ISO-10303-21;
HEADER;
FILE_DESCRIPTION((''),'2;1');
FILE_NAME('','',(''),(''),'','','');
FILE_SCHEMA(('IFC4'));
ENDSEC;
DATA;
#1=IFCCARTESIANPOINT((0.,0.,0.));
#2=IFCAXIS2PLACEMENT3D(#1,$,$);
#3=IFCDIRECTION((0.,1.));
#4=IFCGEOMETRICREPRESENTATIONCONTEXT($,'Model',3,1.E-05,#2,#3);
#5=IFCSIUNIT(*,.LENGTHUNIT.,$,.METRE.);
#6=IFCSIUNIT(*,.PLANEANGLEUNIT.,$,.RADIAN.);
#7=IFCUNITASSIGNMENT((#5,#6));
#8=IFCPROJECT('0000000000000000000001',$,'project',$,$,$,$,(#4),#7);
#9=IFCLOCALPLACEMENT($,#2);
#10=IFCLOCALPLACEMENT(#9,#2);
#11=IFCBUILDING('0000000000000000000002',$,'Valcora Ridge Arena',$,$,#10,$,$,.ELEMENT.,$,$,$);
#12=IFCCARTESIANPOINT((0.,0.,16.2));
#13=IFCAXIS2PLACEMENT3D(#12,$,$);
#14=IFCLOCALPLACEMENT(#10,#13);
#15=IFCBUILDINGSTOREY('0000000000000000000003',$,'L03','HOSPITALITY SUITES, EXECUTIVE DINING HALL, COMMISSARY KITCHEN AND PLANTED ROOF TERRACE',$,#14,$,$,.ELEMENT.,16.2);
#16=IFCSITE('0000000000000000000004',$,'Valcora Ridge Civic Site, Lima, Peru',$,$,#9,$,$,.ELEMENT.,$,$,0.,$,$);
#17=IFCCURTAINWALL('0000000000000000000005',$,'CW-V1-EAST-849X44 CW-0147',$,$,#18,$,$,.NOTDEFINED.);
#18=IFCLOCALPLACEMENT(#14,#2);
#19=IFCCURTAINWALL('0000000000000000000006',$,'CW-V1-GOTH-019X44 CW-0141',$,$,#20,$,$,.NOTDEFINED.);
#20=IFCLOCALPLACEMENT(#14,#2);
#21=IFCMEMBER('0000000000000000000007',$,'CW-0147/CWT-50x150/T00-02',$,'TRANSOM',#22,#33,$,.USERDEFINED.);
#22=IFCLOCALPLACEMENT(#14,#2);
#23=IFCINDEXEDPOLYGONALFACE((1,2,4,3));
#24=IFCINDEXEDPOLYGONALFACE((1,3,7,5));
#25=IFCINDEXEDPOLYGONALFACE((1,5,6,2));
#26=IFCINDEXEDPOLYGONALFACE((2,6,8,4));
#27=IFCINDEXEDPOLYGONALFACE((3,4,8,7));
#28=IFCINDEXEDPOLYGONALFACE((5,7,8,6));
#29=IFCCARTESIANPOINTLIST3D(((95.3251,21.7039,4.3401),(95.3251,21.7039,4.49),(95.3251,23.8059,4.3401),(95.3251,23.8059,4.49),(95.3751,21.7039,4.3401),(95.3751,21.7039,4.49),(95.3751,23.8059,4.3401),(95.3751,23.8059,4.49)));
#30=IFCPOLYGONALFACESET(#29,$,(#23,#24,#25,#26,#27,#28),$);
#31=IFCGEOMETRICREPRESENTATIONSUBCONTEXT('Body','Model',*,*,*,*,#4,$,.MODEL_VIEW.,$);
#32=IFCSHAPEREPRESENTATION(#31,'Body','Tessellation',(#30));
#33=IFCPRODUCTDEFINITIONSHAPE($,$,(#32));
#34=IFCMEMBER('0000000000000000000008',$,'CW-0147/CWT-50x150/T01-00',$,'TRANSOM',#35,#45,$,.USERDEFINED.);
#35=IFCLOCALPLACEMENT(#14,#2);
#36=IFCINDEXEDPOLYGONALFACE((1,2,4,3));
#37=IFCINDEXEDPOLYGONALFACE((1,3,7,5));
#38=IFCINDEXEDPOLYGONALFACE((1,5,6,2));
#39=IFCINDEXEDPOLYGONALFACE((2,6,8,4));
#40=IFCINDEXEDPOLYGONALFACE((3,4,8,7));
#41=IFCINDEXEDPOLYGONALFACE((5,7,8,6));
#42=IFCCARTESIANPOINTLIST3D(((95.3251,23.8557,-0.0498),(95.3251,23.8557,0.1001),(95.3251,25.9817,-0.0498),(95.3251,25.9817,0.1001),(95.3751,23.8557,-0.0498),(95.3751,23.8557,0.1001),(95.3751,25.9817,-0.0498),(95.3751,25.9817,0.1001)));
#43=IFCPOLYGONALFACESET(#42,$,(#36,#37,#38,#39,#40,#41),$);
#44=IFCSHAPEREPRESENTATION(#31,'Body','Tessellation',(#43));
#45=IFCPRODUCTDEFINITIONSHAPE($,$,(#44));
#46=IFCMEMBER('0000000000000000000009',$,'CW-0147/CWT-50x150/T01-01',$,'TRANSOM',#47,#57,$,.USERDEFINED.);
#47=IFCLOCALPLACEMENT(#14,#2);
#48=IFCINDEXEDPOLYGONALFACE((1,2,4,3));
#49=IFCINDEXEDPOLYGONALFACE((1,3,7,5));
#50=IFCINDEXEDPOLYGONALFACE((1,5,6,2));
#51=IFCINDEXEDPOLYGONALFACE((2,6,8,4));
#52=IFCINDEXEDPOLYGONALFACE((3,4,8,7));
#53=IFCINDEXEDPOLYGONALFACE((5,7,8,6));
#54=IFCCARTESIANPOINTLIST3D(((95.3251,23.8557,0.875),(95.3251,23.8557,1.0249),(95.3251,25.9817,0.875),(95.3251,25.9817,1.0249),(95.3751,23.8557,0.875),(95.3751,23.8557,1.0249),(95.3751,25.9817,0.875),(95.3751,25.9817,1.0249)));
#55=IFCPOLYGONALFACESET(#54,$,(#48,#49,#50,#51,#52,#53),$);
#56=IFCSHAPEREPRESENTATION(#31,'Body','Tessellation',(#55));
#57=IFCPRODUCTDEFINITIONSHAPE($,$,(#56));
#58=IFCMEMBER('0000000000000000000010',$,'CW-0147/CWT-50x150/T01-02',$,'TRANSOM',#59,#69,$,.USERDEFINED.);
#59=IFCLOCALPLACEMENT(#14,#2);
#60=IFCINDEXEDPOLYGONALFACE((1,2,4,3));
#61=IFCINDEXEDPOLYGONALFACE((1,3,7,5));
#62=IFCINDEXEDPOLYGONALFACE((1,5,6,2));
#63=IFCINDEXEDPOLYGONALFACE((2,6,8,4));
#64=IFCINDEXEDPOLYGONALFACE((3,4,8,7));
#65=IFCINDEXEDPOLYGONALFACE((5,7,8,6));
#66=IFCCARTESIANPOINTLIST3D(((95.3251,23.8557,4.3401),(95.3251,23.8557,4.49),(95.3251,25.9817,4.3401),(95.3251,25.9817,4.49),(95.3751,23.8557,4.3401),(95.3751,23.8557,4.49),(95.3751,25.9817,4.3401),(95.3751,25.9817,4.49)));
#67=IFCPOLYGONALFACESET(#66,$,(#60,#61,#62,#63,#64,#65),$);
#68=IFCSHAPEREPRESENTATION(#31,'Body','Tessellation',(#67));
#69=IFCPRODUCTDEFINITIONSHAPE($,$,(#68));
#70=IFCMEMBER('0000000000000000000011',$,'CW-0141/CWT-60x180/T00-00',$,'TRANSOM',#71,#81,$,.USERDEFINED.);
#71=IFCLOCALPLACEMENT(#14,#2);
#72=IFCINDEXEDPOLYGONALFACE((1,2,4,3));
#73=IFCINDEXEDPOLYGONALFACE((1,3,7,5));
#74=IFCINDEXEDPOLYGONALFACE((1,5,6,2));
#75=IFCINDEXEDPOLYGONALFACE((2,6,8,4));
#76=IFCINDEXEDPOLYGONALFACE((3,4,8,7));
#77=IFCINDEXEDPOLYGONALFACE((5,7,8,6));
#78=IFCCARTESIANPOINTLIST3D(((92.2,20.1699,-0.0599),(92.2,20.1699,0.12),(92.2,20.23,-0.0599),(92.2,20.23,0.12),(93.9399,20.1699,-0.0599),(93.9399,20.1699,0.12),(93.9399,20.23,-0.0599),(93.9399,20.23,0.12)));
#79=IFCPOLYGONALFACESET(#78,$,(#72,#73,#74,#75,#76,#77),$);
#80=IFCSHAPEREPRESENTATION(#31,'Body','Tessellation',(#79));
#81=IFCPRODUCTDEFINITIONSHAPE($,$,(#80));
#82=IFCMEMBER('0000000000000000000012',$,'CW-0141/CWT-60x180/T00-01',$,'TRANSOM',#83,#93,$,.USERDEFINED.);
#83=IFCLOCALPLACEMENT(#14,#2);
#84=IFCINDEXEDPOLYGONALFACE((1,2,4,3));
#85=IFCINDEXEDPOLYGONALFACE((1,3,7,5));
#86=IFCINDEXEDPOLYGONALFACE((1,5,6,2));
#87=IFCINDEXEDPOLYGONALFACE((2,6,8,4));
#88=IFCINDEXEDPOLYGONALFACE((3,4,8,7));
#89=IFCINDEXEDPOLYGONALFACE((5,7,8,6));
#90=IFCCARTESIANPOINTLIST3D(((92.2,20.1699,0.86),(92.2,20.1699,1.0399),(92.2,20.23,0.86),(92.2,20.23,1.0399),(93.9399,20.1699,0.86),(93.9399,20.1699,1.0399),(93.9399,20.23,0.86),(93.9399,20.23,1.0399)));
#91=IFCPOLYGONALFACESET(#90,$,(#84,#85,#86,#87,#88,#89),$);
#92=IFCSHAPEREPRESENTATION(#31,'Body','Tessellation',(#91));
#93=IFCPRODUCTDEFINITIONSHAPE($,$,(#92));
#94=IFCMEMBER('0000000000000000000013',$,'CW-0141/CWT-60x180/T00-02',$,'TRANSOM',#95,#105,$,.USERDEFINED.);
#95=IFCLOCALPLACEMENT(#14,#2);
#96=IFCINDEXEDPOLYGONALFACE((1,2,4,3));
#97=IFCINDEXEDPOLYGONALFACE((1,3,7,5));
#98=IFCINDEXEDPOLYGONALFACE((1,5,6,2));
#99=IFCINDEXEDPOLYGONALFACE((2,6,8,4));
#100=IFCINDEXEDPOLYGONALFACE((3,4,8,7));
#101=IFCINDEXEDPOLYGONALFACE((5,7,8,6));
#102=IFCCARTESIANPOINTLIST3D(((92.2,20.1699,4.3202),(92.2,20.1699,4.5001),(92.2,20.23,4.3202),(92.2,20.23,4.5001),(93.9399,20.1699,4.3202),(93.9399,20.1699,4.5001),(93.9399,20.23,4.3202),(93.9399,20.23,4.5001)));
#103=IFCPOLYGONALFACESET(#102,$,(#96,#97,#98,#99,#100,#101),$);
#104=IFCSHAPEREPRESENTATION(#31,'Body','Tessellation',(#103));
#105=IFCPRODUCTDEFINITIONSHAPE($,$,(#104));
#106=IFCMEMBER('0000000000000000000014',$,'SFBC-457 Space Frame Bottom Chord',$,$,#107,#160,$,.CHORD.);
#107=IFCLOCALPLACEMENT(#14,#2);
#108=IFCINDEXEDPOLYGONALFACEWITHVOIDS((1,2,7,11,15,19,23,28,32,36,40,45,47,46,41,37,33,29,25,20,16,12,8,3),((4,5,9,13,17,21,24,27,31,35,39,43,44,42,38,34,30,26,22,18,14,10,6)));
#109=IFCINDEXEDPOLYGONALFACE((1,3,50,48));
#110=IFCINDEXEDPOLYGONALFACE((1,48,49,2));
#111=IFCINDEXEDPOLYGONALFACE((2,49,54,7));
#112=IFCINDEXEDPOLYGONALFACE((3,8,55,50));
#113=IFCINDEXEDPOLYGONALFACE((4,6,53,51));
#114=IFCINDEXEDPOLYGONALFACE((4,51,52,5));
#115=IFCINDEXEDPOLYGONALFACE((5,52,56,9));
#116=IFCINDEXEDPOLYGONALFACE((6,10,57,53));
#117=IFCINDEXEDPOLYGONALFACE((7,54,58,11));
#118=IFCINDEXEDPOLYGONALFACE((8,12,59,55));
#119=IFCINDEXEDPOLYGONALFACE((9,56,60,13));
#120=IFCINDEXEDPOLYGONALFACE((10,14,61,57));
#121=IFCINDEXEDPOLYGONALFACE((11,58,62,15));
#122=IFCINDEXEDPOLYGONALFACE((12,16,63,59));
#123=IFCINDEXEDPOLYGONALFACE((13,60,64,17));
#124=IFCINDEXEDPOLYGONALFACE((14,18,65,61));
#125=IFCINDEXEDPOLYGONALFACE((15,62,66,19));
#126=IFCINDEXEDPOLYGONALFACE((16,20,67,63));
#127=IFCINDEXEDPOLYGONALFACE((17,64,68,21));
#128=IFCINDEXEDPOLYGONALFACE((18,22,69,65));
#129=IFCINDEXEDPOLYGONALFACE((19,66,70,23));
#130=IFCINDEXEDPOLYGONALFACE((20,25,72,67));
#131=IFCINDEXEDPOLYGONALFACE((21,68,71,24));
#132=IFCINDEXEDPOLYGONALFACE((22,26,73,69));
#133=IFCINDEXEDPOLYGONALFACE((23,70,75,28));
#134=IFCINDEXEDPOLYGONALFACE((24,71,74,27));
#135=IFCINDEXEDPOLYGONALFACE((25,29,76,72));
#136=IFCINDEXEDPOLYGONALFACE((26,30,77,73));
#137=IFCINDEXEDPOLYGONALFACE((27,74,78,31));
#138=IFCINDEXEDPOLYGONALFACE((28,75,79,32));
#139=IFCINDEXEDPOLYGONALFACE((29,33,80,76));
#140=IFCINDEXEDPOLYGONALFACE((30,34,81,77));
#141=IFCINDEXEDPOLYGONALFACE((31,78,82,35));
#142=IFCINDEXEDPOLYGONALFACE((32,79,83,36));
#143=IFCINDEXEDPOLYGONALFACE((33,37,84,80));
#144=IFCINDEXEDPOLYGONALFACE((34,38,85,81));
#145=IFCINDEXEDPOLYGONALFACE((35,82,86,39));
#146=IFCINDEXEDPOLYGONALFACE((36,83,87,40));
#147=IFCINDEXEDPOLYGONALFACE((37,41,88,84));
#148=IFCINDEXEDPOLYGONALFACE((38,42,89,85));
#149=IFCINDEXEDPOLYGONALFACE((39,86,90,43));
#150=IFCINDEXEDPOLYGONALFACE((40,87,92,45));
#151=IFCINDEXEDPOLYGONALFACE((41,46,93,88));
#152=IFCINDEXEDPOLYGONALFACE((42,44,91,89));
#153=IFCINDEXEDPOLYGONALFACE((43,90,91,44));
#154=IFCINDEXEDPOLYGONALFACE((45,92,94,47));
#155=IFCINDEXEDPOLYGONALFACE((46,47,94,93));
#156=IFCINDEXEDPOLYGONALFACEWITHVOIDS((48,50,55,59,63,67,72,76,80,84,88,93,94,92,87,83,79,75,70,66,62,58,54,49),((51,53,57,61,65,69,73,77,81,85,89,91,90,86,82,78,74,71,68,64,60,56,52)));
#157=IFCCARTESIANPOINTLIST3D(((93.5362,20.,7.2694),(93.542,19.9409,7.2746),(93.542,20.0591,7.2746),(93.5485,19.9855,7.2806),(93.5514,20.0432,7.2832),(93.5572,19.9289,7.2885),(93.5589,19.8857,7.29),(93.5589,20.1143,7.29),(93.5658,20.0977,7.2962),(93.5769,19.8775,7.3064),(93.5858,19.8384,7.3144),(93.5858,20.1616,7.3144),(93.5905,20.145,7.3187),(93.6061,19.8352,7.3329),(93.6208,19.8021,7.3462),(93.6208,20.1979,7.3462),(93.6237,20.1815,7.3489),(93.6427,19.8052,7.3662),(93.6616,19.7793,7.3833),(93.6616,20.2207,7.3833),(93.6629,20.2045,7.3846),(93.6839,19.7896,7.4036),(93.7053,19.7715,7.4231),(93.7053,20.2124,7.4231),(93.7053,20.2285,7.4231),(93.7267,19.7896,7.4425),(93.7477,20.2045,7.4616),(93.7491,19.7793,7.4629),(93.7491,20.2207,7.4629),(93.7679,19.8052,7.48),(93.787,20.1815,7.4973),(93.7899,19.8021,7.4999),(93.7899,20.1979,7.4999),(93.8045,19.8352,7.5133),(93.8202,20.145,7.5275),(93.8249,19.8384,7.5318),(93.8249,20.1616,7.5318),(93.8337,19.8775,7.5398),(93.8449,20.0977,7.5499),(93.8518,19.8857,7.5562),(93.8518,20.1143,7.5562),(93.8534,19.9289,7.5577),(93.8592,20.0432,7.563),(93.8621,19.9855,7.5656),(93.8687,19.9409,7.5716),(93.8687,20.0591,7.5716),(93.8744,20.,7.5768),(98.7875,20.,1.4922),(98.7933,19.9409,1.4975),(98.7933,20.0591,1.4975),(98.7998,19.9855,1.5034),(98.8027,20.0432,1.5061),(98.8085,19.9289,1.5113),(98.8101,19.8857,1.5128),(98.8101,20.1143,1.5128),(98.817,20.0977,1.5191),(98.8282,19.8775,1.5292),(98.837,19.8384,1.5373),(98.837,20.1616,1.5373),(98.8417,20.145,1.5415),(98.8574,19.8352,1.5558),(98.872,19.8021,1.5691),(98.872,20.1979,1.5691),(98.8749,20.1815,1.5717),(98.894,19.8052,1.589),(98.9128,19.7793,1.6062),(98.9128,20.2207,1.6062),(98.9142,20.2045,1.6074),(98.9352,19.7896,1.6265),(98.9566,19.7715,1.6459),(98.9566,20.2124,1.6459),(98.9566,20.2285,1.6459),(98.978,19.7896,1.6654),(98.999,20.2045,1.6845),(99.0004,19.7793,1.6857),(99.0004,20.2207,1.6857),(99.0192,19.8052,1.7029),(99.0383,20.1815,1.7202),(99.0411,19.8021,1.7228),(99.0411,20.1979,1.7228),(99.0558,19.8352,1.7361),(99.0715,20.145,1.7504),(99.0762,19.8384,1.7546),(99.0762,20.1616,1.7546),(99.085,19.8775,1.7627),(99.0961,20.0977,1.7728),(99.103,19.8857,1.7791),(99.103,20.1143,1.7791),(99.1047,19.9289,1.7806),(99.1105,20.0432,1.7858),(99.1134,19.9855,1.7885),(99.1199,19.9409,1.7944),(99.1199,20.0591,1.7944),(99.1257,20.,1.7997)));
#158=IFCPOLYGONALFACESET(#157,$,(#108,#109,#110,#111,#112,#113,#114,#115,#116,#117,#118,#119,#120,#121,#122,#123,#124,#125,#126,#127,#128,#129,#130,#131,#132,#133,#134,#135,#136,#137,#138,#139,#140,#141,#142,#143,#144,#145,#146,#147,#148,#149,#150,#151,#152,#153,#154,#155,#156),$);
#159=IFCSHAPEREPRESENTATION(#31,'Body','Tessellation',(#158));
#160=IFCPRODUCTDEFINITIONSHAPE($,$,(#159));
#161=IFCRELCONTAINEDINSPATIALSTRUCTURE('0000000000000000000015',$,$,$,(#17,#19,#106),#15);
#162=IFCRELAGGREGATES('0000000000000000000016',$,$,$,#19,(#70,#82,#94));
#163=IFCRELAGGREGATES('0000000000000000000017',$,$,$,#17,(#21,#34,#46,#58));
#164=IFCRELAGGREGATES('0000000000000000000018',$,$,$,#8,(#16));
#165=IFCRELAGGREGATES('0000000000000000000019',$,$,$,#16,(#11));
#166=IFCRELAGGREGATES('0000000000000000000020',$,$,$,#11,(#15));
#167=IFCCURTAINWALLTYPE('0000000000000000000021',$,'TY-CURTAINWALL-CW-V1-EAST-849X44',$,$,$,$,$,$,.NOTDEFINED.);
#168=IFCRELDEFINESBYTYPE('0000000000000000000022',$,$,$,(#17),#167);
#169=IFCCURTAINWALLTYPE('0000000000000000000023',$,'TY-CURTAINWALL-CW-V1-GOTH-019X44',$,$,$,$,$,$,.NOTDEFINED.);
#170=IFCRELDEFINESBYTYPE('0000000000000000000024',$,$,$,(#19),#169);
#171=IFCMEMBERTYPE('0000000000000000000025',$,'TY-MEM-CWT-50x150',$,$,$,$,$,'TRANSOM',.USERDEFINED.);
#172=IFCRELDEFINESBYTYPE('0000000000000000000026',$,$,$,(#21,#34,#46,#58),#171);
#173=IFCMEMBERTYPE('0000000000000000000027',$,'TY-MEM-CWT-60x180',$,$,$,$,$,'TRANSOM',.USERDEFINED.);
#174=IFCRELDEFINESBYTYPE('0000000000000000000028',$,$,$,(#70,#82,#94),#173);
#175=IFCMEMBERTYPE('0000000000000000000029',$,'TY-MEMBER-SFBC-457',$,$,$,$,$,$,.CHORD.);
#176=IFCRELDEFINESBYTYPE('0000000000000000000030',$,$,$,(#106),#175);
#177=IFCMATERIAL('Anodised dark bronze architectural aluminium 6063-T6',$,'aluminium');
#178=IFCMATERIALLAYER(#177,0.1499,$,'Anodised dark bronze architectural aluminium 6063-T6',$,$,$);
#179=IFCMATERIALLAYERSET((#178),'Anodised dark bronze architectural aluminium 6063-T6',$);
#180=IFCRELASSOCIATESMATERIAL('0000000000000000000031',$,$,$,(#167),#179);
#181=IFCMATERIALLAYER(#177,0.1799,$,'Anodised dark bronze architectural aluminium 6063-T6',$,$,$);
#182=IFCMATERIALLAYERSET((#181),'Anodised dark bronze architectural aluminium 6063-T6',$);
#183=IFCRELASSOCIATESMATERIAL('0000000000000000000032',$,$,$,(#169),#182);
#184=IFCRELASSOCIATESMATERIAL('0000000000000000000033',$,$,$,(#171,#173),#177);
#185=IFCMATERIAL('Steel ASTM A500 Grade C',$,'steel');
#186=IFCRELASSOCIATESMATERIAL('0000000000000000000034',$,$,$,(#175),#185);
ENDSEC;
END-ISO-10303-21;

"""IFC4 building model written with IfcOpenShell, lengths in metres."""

from ifc_helpers import new_model, si_unit, direction, frame, origin, origin_2d, place, context, subcontext, project, spatial, rectangle, hollow_circle, extrude, material, layer, layer_set, material_profile, profile_set, type_object, element, aggregate, save


model = new_model("IFC4")

# Units and contexts
model_context = context("Model", 3, precision=1e-05, world=origin(), true_north=direction((0.0, 1.0)))
body_context = subcontext(model_context, "Body", "Model", "MODEL_VIEW")
ifc_project = project(units=[si_unit("LENGTHUNIT", "METRE"), si_unit("PLANEANGLEUNIT", "RADIAN")], contexts=[model_context])

# Site, building, storey
site_placement = place(None, origin())
site = spatial("IfcSite", under=ifc_project, at=site_placement, Name="Valcora Ridge Civic Site, Lima, Peru", CompositionType="ELEMENT", RefElevation=0.0)
building_placement = place(site_placement, origin())
building = spatial("IfcBuilding", under=site, at=building_placement, Name="Valcora Ridge Arena", CompositionType="ELEMENT")
storey_placement = place(building_placement, frame((0.0, 0.0, 16.2)))
storey = spatial("IfcBuildingStorey", under=building, at=storey_placement, Name="L03", Description="HOSPITALITY SUITES, EXECUTIVE DINING HALL, COMMISSARY KITCHEN AND PLANTED ROOF TERRACE", CompositionType="ELEMENT", Elevation=16.2)

# Curtain wall
ifc_material_1 = material(Name="Anodised dark bronze architectural aluminium 6063-T6", Category="aluminium")
ifc_layer_1 = layer(ifc_material_1, 0.1499, Name="Anodised dark bronze architectural aluminium 6063-T6")
ifc_layer_set_1 = layer_set([ifc_layer_1], Name="Anodised dark bronze architectural aluminium 6063-T6")
curtain_wall_type_1 = type_object("IfcCurtainWallType", Name="TY-CURTAINWALL-CW-V1-EAST-849X44", PredefinedType="NOTDEFINED", material=ifc_layer_set_1)
curtain_wall_1_placement = place(storey_placement, origin())
curtain_wall_1 = element("IfcCurtainWall", 1, at=curtain_wall_1_placement, inside=storey, type_object=curtain_wall_type_1, Name="CW-V1-EAST-849X44 CW-0147", PredefinedType="NOTDEFINED")

# Curtain wall
ifc_layer_2 = layer(ifc_material_1, 0.1799, Name="Anodised dark bronze architectural aluminium 6063-T6")
ifc_layer_set_2 = layer_set([ifc_layer_2], Name="Anodised dark bronze architectural aluminium 6063-T6")
curtain_wall_type_2 = type_object("IfcCurtainWallType", Name="TY-CURTAINWALL-CW-V1-GOTH-019X44", PredefinedType="NOTDEFINED", material=ifc_layer_set_2)
curtain_wall_2_placement = place(storey_placement, origin())
curtain_wall_2 = element("IfcCurtainWall", 2, at=curtain_wall_2_placement, inside=storey, type_object=curtain_wall_type_2, Name="CW-V1-GOTH-019X44 CW-0141", PredefinedType="NOTDEFINED")

# Members
ifc_material_profile_1 = material_profile(ifc_material_1, rectangle(XDim=0.05, YDim=0.1499, at=origin_2d()), Name="ALU TRANSOM 50x150")
ifc_profile_set_1 = profile_set([ifc_material_profile_1], Name="Anodised dark bronze architectural aluminium 6063-T6")
member_type_1 = type_object("IfcMemberType", Name="TY-MEM-CWT-50x150", ElementType="TRANSOM", PredefinedType="USERDEFINED", material=ifc_profile_set_1)
member_1_placement = place(storey_placement, frame((95.3501, 21.7039, 4.415), z_axis=(0.0, 1.0, 0.0), x_axis=(-1.0, 0.0, 0.0)))
member_1 = element("IfcMember", 3, at=member_1_placement, type_object=member_type_1, Name="CW-0147/CWT-50x150/T00-02", ObjectType="TRANSOM", PredefinedType="USERDEFINED", context=body_context, shape_type="SweptSolid", body=[
    extrude(rectangle(XDim=0.05, YDim=0.1499, at=origin_2d()), origin(), (0.0, 0.0, 1.0), 2.1021),
])
member_2_placement = place(storey_placement, frame((95.3501, 23.8557, 0.0251), z_axis=(0.0, 1.0, 0.0), x_axis=(-1.0, 0.0, 0.0)))
member_2 = element("IfcMember", 4, at=member_2_placement, type_object=member_type_1, Name="CW-0147/CWT-50x150/T01-00", ObjectType="TRANSOM", PredefinedType="USERDEFINED", context=body_context, shape_type="SweptSolid", body=[
    extrude(rectangle(XDim=0.05, YDim=0.1499, at=origin_2d()), origin(), (0.0, 0.0, 1.0), 2.126),
])
member_3_placement = place(storey_placement, frame((95.3501, 23.8557, 0.95), z_axis=(0.0, 1.0, 0.0), x_axis=(-1.0, 0.0, 0.0)))
member_3 = element("IfcMember", 5, at=member_3_placement, type_object=member_type_1, Name="CW-0147/CWT-50x150/T01-01", ObjectType="TRANSOM", PredefinedType="USERDEFINED", context=body_context, shape_type="SweptSolid", body=[
    extrude(rectangle(XDim=0.05, YDim=0.1499, at=origin_2d()), origin(), (0.0, 0.0, 1.0), 2.126),
])
member_4_placement = place(storey_placement, frame((95.3501, 23.8557, 4.415), z_axis=(0.0, 1.0, 0.0), x_axis=(-1.0, 0.0, 0.0)))
member_4 = element("IfcMember", 6, at=member_4_placement, type_object=member_type_1, Name="CW-0147/CWT-50x150/T01-02", ObjectType="TRANSOM", PredefinedType="USERDEFINED", context=body_context, shape_type="SweptSolid", body=[
    extrude(rectangle(XDim=0.05, YDim=0.1499, at=origin_2d()), origin(), (0.0, 0.0, 1.0), 2.126),
])
ifc_material_profile_2 = material_profile(ifc_material_1, rectangle(XDim=0.0601, YDim=0.1799, at=origin_2d()), Name="ALU TRANSOM 60x180")
ifc_profile_set_2 = profile_set([ifc_material_profile_2], Name="Anodised dark bronze architectural aluminium 6063-T6")
member_type_2 = type_object("IfcMemberType", Name="TY-MEM-CWT-60x180", ElementType="TRANSOM", PredefinedType="USERDEFINED", material=ifc_profile_set_2)
member_5_placement = place(storey_placement, frame((92.2, 20.2, 0.03), z_axis=(1.0, 0.0, 0.0), x_axis=(0.0, 1.0, 0.0)))
member_5 = element("IfcMember", 7, at=member_5_placement, type_object=member_type_2, Name="CW-0141/CWT-60x180/T00-00", ObjectType="TRANSOM", PredefinedType="USERDEFINED", context=body_context, shape_type="SweptSolid", body=[
    extrude(rectangle(XDim=0.0601, YDim=0.1799, at=origin_2d()), origin(), (0.0, 0.0, 1.0), 1.74),
])
member_6_placement = place(storey_placement, frame((92.2, 20.2, 0.95), z_axis=(1.0, 0.0, 0.0), x_axis=(0.0, 1.0, 0.0)))
member_6 = element("IfcMember", 8, at=member_6_placement, type_object=member_type_2, Name="CW-0141/CWT-60x180/T00-01", ObjectType="TRANSOM", PredefinedType="USERDEFINED", context=body_context, shape_type="SweptSolid", body=[
    extrude(rectangle(XDim=0.0601, YDim=0.1799, at=origin_2d()), origin(), (0.0, 0.0, 1.0), 1.74),
])
member_7_placement = place(storey_placement, frame((92.2, 20.2, 4.4102), z_axis=(1.0, 0.0, 0.0), x_axis=(0.0, 1.0, 0.0)))
member_7 = element("IfcMember", 9, at=member_7_placement, type_object=member_type_2, Name="CW-0141/CWT-60x180/T00-02", ObjectType="TRANSOM", PredefinedType="USERDEFINED", context=body_context, shape_type="SweptSolid", body=[
    extrude(rectangle(XDim=0.0601, YDim=0.1799, at=origin_2d()), origin(), (0.0, 0.0, 1.0), 1.74),
])

# Member
ifc_material_2 = material(Name="Steel ASTM A500 Grade C", Category="steel")
ifc_material_profile_3 = material_profile(ifc_material_2, hollow_circle(Radius=0.2285, WallThickness=0.0161, at=origin_2d()), Name="CHS457X16")
ifc_profile_set_3 = profile_set([ifc_material_profile_3], Name="Steel ASTM A500 Grade C")
member_type_3 = type_object("IfcMemberType", Name="TY-MEMBER-SFBC-457", PredefinedType="CHORD", material=ifc_profile_set_3)
member_8_placement = place(storey_placement, frame((93.7053, 20.0, 7.4231), z_axis=(0.672625, 0.0, -0.739984), x_axis=(0.0, 1.0, 0.0)))
element("IfcMember", 10, at=member_8_placement, inside=storey, type_object=member_type_3, Name="SFBC-457 Space Frame Bottom Chord", PredefinedType="CHORD", context=body_context, shape_type="SweptSolid", body=[
    extrude(hollow_circle(Radius=0.2285, WallThickness=0.0161, at=origin_2d()), origin(), (0.0, 0.0, 1.0), 7.8071),
])

aggregate(curtain_wall_2, [member_5, member_6, member_7])
aggregate(curtain_wall_1, [member_1, member_2, member_3, member_4])

save(model, "model.ifc")
